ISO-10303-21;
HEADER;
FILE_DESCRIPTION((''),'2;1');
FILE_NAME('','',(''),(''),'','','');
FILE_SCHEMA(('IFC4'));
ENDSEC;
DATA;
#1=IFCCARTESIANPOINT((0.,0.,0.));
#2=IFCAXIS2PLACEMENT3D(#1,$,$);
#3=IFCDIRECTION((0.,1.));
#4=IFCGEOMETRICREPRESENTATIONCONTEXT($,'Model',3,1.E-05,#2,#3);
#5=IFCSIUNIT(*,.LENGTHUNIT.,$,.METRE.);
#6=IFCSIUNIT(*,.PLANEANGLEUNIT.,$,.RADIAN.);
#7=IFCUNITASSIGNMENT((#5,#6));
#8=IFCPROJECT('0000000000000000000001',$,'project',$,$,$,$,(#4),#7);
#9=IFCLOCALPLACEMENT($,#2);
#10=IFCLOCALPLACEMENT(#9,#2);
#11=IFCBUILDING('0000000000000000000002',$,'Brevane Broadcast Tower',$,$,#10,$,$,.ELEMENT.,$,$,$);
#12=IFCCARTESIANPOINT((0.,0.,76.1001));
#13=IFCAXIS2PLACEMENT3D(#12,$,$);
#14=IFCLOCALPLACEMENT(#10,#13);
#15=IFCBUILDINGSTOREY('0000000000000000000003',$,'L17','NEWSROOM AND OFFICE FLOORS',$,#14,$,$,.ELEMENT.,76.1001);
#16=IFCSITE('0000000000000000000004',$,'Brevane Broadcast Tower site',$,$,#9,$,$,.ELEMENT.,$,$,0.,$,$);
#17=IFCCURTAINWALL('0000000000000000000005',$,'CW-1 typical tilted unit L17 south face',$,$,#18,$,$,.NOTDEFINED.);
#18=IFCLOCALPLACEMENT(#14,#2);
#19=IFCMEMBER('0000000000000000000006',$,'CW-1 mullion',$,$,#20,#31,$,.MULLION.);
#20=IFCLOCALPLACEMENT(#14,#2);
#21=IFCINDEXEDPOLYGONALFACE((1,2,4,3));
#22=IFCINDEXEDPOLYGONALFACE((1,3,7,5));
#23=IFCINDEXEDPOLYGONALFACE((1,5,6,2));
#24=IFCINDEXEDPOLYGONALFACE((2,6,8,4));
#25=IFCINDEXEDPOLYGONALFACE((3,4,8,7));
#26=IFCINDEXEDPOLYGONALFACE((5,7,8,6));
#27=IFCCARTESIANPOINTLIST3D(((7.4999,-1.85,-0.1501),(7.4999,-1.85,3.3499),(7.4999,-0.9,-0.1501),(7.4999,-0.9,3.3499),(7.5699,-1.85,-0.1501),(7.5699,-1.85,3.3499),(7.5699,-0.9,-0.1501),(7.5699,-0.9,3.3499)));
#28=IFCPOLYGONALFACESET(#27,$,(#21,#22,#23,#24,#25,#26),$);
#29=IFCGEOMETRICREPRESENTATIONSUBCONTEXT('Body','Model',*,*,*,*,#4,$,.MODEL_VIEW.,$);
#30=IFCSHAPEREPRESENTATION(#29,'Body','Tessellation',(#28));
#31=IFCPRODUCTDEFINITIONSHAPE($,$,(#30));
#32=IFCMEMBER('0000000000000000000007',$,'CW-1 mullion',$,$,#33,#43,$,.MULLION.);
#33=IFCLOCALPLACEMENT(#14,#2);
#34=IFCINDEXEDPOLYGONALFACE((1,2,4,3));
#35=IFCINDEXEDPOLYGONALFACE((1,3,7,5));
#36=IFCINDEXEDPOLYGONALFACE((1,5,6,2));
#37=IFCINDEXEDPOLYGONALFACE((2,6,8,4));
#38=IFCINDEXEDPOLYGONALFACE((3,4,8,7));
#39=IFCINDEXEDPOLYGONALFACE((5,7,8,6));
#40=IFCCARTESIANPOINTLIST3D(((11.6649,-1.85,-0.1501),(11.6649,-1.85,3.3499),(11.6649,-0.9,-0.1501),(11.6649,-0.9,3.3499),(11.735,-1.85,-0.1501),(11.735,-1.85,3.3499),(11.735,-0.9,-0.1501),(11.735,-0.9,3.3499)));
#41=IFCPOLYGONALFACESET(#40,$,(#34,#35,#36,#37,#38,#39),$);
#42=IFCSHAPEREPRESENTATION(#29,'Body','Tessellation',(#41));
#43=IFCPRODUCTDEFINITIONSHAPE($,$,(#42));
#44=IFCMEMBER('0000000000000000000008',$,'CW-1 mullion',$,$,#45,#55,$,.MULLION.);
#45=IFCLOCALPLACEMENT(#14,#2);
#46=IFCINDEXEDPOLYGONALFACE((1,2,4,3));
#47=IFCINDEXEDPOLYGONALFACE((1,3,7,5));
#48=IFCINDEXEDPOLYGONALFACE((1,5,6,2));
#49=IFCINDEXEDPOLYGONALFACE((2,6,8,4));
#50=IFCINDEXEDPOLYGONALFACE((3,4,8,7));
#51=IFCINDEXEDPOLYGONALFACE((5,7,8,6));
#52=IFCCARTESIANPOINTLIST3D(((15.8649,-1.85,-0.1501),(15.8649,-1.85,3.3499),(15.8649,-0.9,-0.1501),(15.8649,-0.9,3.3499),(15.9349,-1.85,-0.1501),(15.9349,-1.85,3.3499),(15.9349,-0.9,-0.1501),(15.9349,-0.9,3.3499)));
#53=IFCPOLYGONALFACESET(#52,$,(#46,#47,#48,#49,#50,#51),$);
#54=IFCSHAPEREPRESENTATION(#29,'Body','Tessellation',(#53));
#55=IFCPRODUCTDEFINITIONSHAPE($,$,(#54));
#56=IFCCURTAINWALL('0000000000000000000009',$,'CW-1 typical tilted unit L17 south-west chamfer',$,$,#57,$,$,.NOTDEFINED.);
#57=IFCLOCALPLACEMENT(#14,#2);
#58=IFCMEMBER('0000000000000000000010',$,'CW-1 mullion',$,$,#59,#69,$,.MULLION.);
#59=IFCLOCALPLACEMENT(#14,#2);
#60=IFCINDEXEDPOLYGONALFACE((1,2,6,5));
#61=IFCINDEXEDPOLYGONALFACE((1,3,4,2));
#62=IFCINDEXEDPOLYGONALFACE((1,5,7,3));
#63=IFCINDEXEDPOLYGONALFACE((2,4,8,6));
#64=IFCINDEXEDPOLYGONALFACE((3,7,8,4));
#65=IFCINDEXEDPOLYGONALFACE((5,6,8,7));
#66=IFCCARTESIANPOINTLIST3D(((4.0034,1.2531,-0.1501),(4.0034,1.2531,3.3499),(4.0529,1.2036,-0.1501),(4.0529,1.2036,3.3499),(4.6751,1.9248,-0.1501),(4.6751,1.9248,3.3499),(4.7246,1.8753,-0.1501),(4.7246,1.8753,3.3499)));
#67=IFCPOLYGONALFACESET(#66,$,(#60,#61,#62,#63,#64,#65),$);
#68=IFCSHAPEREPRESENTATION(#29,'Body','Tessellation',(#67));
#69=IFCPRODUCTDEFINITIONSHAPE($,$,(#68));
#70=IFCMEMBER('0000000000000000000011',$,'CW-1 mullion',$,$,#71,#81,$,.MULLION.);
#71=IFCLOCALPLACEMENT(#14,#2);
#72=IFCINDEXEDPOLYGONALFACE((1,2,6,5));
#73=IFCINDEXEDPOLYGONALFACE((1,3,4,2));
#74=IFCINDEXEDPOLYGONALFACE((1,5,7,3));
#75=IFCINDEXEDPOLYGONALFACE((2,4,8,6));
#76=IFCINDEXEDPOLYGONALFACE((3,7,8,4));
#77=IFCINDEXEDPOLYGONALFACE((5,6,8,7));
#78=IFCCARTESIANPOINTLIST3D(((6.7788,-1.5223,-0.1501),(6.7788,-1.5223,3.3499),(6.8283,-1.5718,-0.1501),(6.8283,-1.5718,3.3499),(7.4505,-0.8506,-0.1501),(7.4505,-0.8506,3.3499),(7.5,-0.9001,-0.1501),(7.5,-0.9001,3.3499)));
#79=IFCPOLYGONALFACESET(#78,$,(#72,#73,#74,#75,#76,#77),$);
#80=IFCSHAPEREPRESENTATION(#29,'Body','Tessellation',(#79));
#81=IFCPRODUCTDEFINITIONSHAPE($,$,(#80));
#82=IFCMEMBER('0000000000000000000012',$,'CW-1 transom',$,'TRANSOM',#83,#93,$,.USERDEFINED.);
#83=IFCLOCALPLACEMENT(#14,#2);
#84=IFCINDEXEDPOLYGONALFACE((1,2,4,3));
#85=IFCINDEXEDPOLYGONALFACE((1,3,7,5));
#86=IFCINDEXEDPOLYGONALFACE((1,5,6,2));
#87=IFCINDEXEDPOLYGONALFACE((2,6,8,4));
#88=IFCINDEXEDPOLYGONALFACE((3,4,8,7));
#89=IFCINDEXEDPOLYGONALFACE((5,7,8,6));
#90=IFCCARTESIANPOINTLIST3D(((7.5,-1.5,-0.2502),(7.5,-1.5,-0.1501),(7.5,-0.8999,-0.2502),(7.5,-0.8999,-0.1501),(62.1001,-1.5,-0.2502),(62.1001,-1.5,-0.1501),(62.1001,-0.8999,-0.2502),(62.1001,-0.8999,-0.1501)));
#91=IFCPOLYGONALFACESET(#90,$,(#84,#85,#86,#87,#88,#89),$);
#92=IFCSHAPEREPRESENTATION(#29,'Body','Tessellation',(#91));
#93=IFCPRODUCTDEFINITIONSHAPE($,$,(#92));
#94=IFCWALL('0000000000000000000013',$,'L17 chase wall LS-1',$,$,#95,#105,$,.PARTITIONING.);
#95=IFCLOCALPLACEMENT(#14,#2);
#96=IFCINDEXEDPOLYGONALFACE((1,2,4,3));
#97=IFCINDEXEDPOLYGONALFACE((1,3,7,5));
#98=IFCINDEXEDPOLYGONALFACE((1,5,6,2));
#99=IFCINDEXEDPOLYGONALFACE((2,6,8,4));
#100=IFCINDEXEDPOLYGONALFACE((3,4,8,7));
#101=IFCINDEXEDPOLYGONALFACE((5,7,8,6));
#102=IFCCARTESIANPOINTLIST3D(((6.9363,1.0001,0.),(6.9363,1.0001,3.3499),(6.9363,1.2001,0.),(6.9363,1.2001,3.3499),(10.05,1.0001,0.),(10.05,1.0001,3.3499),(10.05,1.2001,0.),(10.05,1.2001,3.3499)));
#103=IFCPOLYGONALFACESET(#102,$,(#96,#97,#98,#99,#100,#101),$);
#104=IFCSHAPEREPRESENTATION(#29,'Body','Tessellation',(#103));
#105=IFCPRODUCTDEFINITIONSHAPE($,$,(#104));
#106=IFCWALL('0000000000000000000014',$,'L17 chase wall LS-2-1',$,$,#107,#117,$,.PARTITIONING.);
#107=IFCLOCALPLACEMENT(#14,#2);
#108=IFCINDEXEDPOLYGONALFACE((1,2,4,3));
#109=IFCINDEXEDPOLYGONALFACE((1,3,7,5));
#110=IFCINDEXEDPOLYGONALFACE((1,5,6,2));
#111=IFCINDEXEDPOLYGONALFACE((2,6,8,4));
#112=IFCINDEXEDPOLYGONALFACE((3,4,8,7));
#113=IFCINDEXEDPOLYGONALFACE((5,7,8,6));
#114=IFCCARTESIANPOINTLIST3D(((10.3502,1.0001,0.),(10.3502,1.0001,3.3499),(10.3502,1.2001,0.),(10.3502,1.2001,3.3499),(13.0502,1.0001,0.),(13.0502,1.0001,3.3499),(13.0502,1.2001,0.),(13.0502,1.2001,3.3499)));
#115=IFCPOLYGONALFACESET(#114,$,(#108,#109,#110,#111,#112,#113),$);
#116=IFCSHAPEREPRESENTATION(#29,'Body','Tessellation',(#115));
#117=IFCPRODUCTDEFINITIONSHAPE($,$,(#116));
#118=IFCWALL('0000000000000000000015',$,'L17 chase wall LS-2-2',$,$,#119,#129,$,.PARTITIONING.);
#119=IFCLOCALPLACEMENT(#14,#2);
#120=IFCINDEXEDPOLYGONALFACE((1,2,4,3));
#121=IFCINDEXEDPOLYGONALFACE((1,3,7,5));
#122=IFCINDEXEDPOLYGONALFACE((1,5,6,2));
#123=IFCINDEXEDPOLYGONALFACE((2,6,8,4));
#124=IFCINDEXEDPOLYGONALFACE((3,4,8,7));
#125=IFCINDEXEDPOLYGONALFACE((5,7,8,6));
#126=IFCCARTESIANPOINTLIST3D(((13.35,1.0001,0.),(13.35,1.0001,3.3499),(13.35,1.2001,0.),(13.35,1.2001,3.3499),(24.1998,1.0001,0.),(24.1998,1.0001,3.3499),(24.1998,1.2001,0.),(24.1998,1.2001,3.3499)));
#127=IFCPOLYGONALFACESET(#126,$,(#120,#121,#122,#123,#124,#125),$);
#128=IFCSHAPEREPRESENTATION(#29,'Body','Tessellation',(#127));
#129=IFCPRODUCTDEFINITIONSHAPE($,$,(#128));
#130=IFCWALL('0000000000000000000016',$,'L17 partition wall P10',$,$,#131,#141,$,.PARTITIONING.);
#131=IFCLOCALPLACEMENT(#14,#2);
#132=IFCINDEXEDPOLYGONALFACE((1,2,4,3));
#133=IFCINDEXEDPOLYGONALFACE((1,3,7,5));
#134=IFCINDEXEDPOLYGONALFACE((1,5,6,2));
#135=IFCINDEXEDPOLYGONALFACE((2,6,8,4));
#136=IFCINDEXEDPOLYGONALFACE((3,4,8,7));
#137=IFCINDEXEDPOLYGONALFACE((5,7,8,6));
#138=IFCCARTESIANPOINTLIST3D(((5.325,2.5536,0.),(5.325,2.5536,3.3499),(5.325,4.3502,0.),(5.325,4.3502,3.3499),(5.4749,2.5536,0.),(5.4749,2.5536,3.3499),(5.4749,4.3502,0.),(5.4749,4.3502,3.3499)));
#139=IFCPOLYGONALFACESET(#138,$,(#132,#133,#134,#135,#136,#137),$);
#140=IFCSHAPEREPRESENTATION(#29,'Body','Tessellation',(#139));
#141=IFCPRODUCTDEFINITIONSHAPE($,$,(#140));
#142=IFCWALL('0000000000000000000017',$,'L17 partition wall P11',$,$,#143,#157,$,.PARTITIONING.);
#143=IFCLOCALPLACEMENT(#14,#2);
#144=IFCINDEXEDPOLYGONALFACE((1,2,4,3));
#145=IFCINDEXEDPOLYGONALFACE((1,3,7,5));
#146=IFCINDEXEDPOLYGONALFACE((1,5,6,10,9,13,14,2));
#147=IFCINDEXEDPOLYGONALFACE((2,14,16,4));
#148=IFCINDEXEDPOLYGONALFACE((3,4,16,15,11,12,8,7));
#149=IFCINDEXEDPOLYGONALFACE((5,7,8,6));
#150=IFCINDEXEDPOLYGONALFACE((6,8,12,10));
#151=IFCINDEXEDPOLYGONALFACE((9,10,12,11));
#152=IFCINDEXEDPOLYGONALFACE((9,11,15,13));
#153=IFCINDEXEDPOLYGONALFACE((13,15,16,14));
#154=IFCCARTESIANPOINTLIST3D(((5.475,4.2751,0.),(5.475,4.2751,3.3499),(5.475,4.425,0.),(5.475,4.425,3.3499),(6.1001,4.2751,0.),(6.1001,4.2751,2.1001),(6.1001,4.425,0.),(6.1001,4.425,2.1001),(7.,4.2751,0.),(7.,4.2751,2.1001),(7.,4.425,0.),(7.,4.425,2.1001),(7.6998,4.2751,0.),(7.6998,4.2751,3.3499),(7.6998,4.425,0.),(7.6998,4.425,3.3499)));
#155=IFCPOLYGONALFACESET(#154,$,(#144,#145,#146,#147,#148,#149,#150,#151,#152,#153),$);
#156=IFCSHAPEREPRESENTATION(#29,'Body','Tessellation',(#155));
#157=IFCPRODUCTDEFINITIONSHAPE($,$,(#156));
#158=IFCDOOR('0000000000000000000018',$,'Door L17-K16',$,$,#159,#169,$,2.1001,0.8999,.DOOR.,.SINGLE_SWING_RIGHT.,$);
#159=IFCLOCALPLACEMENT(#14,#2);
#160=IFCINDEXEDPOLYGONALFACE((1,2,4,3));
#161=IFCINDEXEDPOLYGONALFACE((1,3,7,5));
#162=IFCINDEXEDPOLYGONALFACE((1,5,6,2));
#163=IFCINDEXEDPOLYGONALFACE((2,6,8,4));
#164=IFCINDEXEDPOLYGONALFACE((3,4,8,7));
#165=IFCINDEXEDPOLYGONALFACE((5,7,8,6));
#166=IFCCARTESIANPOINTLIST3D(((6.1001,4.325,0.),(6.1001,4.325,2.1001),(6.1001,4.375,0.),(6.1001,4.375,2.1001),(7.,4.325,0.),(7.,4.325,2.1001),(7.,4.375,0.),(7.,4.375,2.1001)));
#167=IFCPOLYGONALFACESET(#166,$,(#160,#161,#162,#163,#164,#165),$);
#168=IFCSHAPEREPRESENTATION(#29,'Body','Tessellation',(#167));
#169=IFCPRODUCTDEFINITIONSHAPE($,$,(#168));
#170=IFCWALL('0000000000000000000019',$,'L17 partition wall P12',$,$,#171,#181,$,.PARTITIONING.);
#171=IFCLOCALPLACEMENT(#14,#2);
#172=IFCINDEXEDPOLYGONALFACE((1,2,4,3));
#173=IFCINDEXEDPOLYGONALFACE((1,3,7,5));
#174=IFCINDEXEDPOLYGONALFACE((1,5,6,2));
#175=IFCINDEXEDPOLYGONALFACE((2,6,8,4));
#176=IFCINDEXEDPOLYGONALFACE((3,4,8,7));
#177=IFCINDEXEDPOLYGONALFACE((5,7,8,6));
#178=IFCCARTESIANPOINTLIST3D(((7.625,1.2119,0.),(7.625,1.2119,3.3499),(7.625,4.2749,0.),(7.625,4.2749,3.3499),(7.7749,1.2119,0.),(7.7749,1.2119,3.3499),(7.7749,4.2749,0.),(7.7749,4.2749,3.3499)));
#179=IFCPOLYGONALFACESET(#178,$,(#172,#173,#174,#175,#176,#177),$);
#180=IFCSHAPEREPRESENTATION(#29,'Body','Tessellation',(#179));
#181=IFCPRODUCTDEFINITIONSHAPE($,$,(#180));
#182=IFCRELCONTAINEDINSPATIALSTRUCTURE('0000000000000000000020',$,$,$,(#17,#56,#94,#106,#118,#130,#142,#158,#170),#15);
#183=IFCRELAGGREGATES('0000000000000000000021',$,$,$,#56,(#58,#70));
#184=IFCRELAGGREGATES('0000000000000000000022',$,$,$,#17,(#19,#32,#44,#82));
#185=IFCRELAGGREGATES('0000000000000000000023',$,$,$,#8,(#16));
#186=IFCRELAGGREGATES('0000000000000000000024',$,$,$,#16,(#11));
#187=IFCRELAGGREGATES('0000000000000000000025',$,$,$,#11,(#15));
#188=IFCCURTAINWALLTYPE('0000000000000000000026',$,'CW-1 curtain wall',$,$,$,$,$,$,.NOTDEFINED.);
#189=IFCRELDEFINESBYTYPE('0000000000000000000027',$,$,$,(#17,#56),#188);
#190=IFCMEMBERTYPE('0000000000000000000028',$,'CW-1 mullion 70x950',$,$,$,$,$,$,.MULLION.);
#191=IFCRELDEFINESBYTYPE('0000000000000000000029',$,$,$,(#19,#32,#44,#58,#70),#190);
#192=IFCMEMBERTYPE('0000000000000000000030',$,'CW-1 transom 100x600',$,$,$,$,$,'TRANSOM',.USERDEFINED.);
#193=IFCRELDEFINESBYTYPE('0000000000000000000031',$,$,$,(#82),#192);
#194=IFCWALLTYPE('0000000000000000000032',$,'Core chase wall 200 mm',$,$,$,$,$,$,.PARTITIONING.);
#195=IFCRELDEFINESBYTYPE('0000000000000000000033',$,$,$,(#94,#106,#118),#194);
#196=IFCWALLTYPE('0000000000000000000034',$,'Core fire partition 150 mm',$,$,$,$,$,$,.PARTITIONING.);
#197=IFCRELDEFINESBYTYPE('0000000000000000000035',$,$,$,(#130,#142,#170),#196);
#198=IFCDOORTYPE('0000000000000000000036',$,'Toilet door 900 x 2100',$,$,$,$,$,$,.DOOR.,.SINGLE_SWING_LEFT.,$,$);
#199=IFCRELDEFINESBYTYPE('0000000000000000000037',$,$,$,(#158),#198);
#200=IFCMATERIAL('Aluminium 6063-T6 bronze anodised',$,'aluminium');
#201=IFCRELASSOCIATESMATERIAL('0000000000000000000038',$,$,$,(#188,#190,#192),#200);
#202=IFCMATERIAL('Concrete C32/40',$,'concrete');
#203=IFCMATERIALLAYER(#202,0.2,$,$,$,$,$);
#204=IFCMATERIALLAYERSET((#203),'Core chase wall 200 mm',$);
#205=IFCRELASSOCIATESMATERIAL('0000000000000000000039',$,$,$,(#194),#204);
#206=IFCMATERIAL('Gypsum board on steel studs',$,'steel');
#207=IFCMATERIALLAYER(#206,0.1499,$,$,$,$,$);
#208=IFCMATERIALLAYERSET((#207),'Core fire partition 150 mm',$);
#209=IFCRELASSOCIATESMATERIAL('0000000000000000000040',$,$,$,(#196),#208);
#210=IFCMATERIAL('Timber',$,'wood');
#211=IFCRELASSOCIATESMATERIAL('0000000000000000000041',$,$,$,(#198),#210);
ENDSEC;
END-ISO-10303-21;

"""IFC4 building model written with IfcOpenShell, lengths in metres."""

from ifc_helpers import new_model, si_unit, direction, frame, frame_2d, origin, origin_2d, place, context, subcontext, project, spatial, rectangle, extrude, material, layer, layer_set, material_profile, profile_set, type_object, element, fill, aggregate, save


model = new_model("IFC4")

# Units and contexts
model_context = context("Model", 3, precision=1e-05, world=origin(), true_north=direction((0.0, 1.0)))
body_context = subcontext(model_context, "Body", "Model", "MODEL_VIEW")
ifc_project = project(units=[si_unit("LENGTHUNIT", "METRE"), si_unit("PLANEANGLEUNIT", "RADIAN")], contexts=[model_context])

# Site, building, storey
site_placement = place(None, origin())
site = spatial("IfcSite", under=ifc_project, at=site_placement, Name="Brevane Broadcast Tower site", CompositionType="ELEMENT", RefElevation=0.0)
building_placement = place(site_placement, origin())
building = spatial("IfcBuilding", under=site, at=building_placement, Name="Brevane Broadcast Tower", CompositionType="ELEMENT")
storey_placement = place(building_placement, frame((0.0, 0.0, 76.1001)))
storey = spatial("IfcBuildingStorey", under=building, at=storey_placement, Name="L17", Description="NEWSROOM AND OFFICE FLOORS", CompositionType="ELEMENT", Elevation=76.1001)

# Curtain walls, members
ifc_material_1 = material(Name="Aluminium 6063-T6 bronze anodised", Category="aluminium")
curtain_wall_type = type_object("IfcCurtainWallType", Name="CW-1 curtain wall", PredefinedType="NOTDEFINED", material=ifc_material_1)
curtain_wall_1_placement = place(storey_placement, origin())
curtain_wall_1 = element("IfcCurtainWall", 1, at=curtain_wall_1_placement, inside=storey, type_object=curtain_wall_type, Name="CW-1 typical tilted unit L17 south face", PredefinedType="NOTDEFINED")
ifc_material_profile_1 = material_profile(ifc_material_1, rectangle(XDim=0.95, YDim=0.0701, at=origin_2d()), Name="RECT 70x950")
ifc_profile_set_1 = profile_set([ifc_material_profile_1], Name="Aluminium 6063-T6 bronze anodised")
member_type_1 = type_object("IfcMemberType", Name="CW-1 mullion 70x950", PredefinedType="MULLION", material=ifc_profile_set_1)
member_1_placement = place(storey_placement, frame((7.5349, -1.375, -0.1501), z_axis=(0.0, 0.0, 1.0), x_axis=(0.0, 1.0, 0.0)))
member_1 = element("IfcMember", 2, at=member_1_placement, type_object=member_type_1, Name="CW-1 mullion", PredefinedType="MULLION", context=body_context, shape_type="SweptSolid", body=[
    extrude(rectangle(XDim=0.95, YDim=0.0701, at=origin_2d()), origin(), (0.0, 0.0, 1.0), 3.5),
])
member_2_placement = place(storey_placement, frame((11.7, -1.375, -0.1501), z_axis=(0.0, 0.0, 1.0), x_axis=(0.0, 1.0, 0.0)))
member_2 = element("IfcMember", 3, at=member_2_placement, type_object=member_type_1, Name="CW-1 mullion", PredefinedType="MULLION", context=body_context, shape_type="SweptSolid", body=[
    extrude(rectangle(XDim=0.95, YDim=0.0701, at=origin_2d()), origin(), (0.0, 0.0, 1.0), 3.5),
])
member_3_placement = place(storey_placement, frame((15.8999, -1.375, -0.1501), z_axis=(0.0, 0.0, 1.0), x_axis=(0.0, 1.0, 0.0)))
member_3 = element("IfcMember", 4, at=member_3_placement, type_object=member_type_1, Name="CW-1 mullion", PredefinedType="MULLION", context=body_context, shape_type="SweptSolid", body=[
    extrude(rectangle(XDim=0.95, YDim=0.0701, at=origin_2d()), origin(), (0.0, 0.0, 1.0), 3.5),
])
curtain_wall_2_placement = place(storey_placement, origin())
curtain_wall_2 = element("IfcCurtainWall", 5, at=curtain_wall_2_placement, inside=storey, type_object=curtain_wall_type, Name="CW-1 typical tilted unit L17 south-west chamfer", PredefinedType="NOTDEFINED")
member_4_placement = place(storey_placement, frame((4.364, 1.5642, -0.1501), z_axis=(0.0, 0.0, 1.0), x_axis=(0.707107, 0.707107, 0.0)))
member_4 = element("IfcMember", 6, at=member_4_placement, type_object=member_type_1, Name="CW-1 mullion", PredefinedType="MULLION", context=body_context, shape_type="SweptSolid", body=[
    extrude(rectangle(XDim=0.95, YDim=0.0701, at=origin_2d()), origin(), (0.0, 0.0, 1.0), 3.5),
])
member_5_placement = place(storey_placement, frame((7.1394, -1.2112, -0.1501), z_axis=(0.0, 0.0, 1.0), x_axis=(0.707107, 0.707107, 0.0)))
member_5 = element("IfcMember", 7, at=member_5_placement, type_object=member_type_1, Name="CW-1 mullion", PredefinedType="MULLION", context=body_context, shape_type="SweptSolid", body=[
    extrude(rectangle(XDim=0.95, YDim=0.0701, at=origin_2d()), origin(), (0.0, 0.0, 1.0), 3.5),
])
aggregate(curtain_wall_2, [member_4, member_5])

# Member
ifc_material_profile_2 = material_profile(ifc_material_1, rectangle(XDim=0.6001, YDim=0.1001, at=origin_2d()), Name="RECT 100x600")
ifc_profile_set_2 = profile_set([ifc_material_profile_2], Name="Aluminium 6063-T6 bronze anodised")
member_type_2 = type_object("IfcMemberType", Name="CW-1 transom 100x600", ElementType="TRANSOM", PredefinedType="USERDEFINED", material=ifc_profile_set_2)
member_6_placement = place(storey_placement, frame((7.5, -1.2, -0.2002), z_axis=(1.0, 0.0, 0.0), x_axis=(0.0, 1.0, 0.0)))
member_6 = element("IfcMember", 8, at=member_6_placement, type_object=member_type_2, Name="CW-1 transom", ObjectType="TRANSOM", PredefinedType="USERDEFINED", context=body_context, shape_type="SweptSolid", body=[
    extrude(rectangle(XDim=0.6001, YDim=0.1001, at=origin_2d()), origin(), (0.0, 0.0, 1.0), 54.6001),
])
aggregate(curtain_wall_1, [member_1, member_2, member_3, member_6])

# Walls
ifc_material_2 = material(Name="Concrete C32/40", Category="concrete")
ifc_layer_1 = layer(ifc_material_2, 0.2)
ifc_layer_set_1 = layer_set([ifc_layer_1], Name="Core chase wall 200 mm")
wall_type_1 = type_object("IfcWallType", Name="Core chase wall 200 mm", PredefinedType="PARTITIONING", material=ifc_layer_set_1)
wall_1_placement = place(storey_placement, frame((6.9363, 1.1001, 0.0), z_axis=(0.0, 0.0, 1.0), x_axis=(1.0, 0.0, 0.0)))
element("IfcWall", 9, at=wall_1_placement, inside=storey, type_object=wall_type_1, Name="L17 chase wall LS-1", PredefinedType="PARTITIONING", context=body_context, shape_type="SweptSolid", body=[
    extrude(rectangle(XDim=3.1138, YDim=0.2, at=frame_2d((1.5569, 0.0))), origin(), (0.0, 0.0, 1.0), 3.3499),
])
wall_2_placement = place(storey_placement, frame((10.3501, 1.1001, 0.0), z_axis=(0.0, 0.0, 1.0), x_axis=(1.0, 0.0, 0.0)))
element("IfcWall", 10, at=wall_2_placement, inside=storey, type_object=wall_type_1, Name="L17 chase wall LS-2-1", PredefinedType="PARTITIONING", context=body_context, shape_type="SweptSolid", body=[
    extrude(rectangle(XDim=2.7, YDim=0.2, at=frame_2d((1.3501, 0.0))), origin(), (0.0, 0.0, 1.0), 3.3499),
])
wall_3_placement = place(storey_placement, frame((13.3501, 1.1001, 0.0), z_axis=(0.0, 0.0, 1.0), x_axis=(1.0, 0.0, 0.0)))
element("IfcWall", 11, at=wall_3_placement, inside=storey, type_object=wall_type_1, Name="L17 chase wall LS-2-2", PredefinedType="PARTITIONING", context=body_context, shape_type="SweptSolid", body=[
    extrude(rectangle(XDim=10.8499, YDim=0.2, at=frame_2d((5.4248, 0.0))), origin(), (0.0, 0.0, 1.0), 3.3499),
])
ifc_material_3 = material(Name="Gypsum board on steel studs", Category="steel")
ifc_layer_2 = layer(ifc_material_3, 0.1499)
ifc_layer_set_2 = layer_set([ifc_layer_2], Name="Core fire partition 150 mm")
wall_type_2 = type_object("IfcWallType", Name="Core fire partition 150 mm", PredefinedType="PARTITIONING", material=ifc_layer_set_2)
wall_4_placement = place(storey_placement, frame((5.3999, 2.5535, 0.0), z_axis=(0.0, 0.0, 1.0), x_axis=(0.0, 1.0, 0.0)))
element("IfcWall", 12, at=wall_4_placement, inside=storey, type_object=wall_type_2, Name="L17 partition wall P10", PredefinedType="PARTITIONING", context=body_context, shape_type="SweptSolid", body=[
    extrude(rectangle(XDim=1.7966, YDim=0.1499, at=frame_2d((0.8984, 0.0))), origin(), (0.0, 0.0, 1.0), 3.3499),
])

# Wall, opening, door
wall_5_placement = place(storey_placement, frame((5.4751, 4.3501, 0.0), z_axis=(0.0, 0.0, 1.0), x_axis=(1.0, 0.0, 0.0)))
wall_5 = element("IfcWall", 13, at=wall_5_placement, inside=storey, type_object=wall_type_2, Name="L17 partition wall P11", PredefinedType="PARTITIONING", context=body_context, shape_type="SweptSolid", body=[
    extrude(rectangle(XDim=2.2249, YDim=0.1499, at=frame_2d((1.1123, 0.0))), origin(), (0.0, 0.0, 1.0), 3.3499),
])
opening_1_placement = place(wall_5_placement, frame((0.625, 0.0, 0.0)))
opening_1 = element("IfcOpeningElement", 14, at=opening_1_placement, cuts=wall_5, PredefinedType="OPENING", context=body_context, shape_type="SweptSolid", body=[
    extrude(rectangle(XDim=0.8999, YDim=2.1001, at=frame_2d((0.45, 1.05))), frame((0.0, 0.085, 0.0), z_axis=(0.0, -1.0, 0.0), x_axis=(1.0, 0.0, 0.0)), (0.0, 0.0, 1.0), 0.1699),
])
ifc_material_4 = material(Name="Timber", Category="wood")
door_type_1 = type_object("IfcDoorType", Name="Toilet door 900 x 2100", OperationType="SINGLE_SWING_LEFT", PredefinedType="DOOR", material=ifc_material_4)
door_1_placement = place(opening_1_placement, origin())
door_1 = element("IfcDoor", 15, at=door_1_placement, inside=storey, type_object=door_type_1, Name="Door L17-K16", OperationType="SINGLE_SWING_RIGHT", OverallHeight=2.1001, OverallWidth=0.8999, PredefinedType="DOOR", context=body_context, shape_type="SweptSolid", body=[
    extrude(rectangle(XDim=0.8999, YDim=2.1001, at=frame_2d((0.45, 1.05))), frame((0.0, 0.0249, 0.0), z_axis=(0.0, -1.0, 0.0), x_axis=(1.0, 0.0, 0.0)), (0.0, 0.0, 1.0), 0.05),
])
fill(opening_1, door_1)

# Wall
wall_6_placement = place(storey_placement, frame((7.7, 4.2749, 0.0), z_axis=(0.0, 0.0, 1.0), x_axis=(0.0, -1.0, 0.0)))
element("IfcWall", 16, at=wall_6_placement, inside=storey, type_object=wall_type_2, Name="L17 partition wall P12", PredefinedType="PARTITIONING", context=body_context, shape_type="SweptSolid", body=[
    extrude(rectangle(XDim=3.063, YDim=0.1499, at=frame_2d((1.5315, 0.0))), origin(), (0.0, 0.0, 1.0), 3.3499),
])

save(model, "model.ifc")
